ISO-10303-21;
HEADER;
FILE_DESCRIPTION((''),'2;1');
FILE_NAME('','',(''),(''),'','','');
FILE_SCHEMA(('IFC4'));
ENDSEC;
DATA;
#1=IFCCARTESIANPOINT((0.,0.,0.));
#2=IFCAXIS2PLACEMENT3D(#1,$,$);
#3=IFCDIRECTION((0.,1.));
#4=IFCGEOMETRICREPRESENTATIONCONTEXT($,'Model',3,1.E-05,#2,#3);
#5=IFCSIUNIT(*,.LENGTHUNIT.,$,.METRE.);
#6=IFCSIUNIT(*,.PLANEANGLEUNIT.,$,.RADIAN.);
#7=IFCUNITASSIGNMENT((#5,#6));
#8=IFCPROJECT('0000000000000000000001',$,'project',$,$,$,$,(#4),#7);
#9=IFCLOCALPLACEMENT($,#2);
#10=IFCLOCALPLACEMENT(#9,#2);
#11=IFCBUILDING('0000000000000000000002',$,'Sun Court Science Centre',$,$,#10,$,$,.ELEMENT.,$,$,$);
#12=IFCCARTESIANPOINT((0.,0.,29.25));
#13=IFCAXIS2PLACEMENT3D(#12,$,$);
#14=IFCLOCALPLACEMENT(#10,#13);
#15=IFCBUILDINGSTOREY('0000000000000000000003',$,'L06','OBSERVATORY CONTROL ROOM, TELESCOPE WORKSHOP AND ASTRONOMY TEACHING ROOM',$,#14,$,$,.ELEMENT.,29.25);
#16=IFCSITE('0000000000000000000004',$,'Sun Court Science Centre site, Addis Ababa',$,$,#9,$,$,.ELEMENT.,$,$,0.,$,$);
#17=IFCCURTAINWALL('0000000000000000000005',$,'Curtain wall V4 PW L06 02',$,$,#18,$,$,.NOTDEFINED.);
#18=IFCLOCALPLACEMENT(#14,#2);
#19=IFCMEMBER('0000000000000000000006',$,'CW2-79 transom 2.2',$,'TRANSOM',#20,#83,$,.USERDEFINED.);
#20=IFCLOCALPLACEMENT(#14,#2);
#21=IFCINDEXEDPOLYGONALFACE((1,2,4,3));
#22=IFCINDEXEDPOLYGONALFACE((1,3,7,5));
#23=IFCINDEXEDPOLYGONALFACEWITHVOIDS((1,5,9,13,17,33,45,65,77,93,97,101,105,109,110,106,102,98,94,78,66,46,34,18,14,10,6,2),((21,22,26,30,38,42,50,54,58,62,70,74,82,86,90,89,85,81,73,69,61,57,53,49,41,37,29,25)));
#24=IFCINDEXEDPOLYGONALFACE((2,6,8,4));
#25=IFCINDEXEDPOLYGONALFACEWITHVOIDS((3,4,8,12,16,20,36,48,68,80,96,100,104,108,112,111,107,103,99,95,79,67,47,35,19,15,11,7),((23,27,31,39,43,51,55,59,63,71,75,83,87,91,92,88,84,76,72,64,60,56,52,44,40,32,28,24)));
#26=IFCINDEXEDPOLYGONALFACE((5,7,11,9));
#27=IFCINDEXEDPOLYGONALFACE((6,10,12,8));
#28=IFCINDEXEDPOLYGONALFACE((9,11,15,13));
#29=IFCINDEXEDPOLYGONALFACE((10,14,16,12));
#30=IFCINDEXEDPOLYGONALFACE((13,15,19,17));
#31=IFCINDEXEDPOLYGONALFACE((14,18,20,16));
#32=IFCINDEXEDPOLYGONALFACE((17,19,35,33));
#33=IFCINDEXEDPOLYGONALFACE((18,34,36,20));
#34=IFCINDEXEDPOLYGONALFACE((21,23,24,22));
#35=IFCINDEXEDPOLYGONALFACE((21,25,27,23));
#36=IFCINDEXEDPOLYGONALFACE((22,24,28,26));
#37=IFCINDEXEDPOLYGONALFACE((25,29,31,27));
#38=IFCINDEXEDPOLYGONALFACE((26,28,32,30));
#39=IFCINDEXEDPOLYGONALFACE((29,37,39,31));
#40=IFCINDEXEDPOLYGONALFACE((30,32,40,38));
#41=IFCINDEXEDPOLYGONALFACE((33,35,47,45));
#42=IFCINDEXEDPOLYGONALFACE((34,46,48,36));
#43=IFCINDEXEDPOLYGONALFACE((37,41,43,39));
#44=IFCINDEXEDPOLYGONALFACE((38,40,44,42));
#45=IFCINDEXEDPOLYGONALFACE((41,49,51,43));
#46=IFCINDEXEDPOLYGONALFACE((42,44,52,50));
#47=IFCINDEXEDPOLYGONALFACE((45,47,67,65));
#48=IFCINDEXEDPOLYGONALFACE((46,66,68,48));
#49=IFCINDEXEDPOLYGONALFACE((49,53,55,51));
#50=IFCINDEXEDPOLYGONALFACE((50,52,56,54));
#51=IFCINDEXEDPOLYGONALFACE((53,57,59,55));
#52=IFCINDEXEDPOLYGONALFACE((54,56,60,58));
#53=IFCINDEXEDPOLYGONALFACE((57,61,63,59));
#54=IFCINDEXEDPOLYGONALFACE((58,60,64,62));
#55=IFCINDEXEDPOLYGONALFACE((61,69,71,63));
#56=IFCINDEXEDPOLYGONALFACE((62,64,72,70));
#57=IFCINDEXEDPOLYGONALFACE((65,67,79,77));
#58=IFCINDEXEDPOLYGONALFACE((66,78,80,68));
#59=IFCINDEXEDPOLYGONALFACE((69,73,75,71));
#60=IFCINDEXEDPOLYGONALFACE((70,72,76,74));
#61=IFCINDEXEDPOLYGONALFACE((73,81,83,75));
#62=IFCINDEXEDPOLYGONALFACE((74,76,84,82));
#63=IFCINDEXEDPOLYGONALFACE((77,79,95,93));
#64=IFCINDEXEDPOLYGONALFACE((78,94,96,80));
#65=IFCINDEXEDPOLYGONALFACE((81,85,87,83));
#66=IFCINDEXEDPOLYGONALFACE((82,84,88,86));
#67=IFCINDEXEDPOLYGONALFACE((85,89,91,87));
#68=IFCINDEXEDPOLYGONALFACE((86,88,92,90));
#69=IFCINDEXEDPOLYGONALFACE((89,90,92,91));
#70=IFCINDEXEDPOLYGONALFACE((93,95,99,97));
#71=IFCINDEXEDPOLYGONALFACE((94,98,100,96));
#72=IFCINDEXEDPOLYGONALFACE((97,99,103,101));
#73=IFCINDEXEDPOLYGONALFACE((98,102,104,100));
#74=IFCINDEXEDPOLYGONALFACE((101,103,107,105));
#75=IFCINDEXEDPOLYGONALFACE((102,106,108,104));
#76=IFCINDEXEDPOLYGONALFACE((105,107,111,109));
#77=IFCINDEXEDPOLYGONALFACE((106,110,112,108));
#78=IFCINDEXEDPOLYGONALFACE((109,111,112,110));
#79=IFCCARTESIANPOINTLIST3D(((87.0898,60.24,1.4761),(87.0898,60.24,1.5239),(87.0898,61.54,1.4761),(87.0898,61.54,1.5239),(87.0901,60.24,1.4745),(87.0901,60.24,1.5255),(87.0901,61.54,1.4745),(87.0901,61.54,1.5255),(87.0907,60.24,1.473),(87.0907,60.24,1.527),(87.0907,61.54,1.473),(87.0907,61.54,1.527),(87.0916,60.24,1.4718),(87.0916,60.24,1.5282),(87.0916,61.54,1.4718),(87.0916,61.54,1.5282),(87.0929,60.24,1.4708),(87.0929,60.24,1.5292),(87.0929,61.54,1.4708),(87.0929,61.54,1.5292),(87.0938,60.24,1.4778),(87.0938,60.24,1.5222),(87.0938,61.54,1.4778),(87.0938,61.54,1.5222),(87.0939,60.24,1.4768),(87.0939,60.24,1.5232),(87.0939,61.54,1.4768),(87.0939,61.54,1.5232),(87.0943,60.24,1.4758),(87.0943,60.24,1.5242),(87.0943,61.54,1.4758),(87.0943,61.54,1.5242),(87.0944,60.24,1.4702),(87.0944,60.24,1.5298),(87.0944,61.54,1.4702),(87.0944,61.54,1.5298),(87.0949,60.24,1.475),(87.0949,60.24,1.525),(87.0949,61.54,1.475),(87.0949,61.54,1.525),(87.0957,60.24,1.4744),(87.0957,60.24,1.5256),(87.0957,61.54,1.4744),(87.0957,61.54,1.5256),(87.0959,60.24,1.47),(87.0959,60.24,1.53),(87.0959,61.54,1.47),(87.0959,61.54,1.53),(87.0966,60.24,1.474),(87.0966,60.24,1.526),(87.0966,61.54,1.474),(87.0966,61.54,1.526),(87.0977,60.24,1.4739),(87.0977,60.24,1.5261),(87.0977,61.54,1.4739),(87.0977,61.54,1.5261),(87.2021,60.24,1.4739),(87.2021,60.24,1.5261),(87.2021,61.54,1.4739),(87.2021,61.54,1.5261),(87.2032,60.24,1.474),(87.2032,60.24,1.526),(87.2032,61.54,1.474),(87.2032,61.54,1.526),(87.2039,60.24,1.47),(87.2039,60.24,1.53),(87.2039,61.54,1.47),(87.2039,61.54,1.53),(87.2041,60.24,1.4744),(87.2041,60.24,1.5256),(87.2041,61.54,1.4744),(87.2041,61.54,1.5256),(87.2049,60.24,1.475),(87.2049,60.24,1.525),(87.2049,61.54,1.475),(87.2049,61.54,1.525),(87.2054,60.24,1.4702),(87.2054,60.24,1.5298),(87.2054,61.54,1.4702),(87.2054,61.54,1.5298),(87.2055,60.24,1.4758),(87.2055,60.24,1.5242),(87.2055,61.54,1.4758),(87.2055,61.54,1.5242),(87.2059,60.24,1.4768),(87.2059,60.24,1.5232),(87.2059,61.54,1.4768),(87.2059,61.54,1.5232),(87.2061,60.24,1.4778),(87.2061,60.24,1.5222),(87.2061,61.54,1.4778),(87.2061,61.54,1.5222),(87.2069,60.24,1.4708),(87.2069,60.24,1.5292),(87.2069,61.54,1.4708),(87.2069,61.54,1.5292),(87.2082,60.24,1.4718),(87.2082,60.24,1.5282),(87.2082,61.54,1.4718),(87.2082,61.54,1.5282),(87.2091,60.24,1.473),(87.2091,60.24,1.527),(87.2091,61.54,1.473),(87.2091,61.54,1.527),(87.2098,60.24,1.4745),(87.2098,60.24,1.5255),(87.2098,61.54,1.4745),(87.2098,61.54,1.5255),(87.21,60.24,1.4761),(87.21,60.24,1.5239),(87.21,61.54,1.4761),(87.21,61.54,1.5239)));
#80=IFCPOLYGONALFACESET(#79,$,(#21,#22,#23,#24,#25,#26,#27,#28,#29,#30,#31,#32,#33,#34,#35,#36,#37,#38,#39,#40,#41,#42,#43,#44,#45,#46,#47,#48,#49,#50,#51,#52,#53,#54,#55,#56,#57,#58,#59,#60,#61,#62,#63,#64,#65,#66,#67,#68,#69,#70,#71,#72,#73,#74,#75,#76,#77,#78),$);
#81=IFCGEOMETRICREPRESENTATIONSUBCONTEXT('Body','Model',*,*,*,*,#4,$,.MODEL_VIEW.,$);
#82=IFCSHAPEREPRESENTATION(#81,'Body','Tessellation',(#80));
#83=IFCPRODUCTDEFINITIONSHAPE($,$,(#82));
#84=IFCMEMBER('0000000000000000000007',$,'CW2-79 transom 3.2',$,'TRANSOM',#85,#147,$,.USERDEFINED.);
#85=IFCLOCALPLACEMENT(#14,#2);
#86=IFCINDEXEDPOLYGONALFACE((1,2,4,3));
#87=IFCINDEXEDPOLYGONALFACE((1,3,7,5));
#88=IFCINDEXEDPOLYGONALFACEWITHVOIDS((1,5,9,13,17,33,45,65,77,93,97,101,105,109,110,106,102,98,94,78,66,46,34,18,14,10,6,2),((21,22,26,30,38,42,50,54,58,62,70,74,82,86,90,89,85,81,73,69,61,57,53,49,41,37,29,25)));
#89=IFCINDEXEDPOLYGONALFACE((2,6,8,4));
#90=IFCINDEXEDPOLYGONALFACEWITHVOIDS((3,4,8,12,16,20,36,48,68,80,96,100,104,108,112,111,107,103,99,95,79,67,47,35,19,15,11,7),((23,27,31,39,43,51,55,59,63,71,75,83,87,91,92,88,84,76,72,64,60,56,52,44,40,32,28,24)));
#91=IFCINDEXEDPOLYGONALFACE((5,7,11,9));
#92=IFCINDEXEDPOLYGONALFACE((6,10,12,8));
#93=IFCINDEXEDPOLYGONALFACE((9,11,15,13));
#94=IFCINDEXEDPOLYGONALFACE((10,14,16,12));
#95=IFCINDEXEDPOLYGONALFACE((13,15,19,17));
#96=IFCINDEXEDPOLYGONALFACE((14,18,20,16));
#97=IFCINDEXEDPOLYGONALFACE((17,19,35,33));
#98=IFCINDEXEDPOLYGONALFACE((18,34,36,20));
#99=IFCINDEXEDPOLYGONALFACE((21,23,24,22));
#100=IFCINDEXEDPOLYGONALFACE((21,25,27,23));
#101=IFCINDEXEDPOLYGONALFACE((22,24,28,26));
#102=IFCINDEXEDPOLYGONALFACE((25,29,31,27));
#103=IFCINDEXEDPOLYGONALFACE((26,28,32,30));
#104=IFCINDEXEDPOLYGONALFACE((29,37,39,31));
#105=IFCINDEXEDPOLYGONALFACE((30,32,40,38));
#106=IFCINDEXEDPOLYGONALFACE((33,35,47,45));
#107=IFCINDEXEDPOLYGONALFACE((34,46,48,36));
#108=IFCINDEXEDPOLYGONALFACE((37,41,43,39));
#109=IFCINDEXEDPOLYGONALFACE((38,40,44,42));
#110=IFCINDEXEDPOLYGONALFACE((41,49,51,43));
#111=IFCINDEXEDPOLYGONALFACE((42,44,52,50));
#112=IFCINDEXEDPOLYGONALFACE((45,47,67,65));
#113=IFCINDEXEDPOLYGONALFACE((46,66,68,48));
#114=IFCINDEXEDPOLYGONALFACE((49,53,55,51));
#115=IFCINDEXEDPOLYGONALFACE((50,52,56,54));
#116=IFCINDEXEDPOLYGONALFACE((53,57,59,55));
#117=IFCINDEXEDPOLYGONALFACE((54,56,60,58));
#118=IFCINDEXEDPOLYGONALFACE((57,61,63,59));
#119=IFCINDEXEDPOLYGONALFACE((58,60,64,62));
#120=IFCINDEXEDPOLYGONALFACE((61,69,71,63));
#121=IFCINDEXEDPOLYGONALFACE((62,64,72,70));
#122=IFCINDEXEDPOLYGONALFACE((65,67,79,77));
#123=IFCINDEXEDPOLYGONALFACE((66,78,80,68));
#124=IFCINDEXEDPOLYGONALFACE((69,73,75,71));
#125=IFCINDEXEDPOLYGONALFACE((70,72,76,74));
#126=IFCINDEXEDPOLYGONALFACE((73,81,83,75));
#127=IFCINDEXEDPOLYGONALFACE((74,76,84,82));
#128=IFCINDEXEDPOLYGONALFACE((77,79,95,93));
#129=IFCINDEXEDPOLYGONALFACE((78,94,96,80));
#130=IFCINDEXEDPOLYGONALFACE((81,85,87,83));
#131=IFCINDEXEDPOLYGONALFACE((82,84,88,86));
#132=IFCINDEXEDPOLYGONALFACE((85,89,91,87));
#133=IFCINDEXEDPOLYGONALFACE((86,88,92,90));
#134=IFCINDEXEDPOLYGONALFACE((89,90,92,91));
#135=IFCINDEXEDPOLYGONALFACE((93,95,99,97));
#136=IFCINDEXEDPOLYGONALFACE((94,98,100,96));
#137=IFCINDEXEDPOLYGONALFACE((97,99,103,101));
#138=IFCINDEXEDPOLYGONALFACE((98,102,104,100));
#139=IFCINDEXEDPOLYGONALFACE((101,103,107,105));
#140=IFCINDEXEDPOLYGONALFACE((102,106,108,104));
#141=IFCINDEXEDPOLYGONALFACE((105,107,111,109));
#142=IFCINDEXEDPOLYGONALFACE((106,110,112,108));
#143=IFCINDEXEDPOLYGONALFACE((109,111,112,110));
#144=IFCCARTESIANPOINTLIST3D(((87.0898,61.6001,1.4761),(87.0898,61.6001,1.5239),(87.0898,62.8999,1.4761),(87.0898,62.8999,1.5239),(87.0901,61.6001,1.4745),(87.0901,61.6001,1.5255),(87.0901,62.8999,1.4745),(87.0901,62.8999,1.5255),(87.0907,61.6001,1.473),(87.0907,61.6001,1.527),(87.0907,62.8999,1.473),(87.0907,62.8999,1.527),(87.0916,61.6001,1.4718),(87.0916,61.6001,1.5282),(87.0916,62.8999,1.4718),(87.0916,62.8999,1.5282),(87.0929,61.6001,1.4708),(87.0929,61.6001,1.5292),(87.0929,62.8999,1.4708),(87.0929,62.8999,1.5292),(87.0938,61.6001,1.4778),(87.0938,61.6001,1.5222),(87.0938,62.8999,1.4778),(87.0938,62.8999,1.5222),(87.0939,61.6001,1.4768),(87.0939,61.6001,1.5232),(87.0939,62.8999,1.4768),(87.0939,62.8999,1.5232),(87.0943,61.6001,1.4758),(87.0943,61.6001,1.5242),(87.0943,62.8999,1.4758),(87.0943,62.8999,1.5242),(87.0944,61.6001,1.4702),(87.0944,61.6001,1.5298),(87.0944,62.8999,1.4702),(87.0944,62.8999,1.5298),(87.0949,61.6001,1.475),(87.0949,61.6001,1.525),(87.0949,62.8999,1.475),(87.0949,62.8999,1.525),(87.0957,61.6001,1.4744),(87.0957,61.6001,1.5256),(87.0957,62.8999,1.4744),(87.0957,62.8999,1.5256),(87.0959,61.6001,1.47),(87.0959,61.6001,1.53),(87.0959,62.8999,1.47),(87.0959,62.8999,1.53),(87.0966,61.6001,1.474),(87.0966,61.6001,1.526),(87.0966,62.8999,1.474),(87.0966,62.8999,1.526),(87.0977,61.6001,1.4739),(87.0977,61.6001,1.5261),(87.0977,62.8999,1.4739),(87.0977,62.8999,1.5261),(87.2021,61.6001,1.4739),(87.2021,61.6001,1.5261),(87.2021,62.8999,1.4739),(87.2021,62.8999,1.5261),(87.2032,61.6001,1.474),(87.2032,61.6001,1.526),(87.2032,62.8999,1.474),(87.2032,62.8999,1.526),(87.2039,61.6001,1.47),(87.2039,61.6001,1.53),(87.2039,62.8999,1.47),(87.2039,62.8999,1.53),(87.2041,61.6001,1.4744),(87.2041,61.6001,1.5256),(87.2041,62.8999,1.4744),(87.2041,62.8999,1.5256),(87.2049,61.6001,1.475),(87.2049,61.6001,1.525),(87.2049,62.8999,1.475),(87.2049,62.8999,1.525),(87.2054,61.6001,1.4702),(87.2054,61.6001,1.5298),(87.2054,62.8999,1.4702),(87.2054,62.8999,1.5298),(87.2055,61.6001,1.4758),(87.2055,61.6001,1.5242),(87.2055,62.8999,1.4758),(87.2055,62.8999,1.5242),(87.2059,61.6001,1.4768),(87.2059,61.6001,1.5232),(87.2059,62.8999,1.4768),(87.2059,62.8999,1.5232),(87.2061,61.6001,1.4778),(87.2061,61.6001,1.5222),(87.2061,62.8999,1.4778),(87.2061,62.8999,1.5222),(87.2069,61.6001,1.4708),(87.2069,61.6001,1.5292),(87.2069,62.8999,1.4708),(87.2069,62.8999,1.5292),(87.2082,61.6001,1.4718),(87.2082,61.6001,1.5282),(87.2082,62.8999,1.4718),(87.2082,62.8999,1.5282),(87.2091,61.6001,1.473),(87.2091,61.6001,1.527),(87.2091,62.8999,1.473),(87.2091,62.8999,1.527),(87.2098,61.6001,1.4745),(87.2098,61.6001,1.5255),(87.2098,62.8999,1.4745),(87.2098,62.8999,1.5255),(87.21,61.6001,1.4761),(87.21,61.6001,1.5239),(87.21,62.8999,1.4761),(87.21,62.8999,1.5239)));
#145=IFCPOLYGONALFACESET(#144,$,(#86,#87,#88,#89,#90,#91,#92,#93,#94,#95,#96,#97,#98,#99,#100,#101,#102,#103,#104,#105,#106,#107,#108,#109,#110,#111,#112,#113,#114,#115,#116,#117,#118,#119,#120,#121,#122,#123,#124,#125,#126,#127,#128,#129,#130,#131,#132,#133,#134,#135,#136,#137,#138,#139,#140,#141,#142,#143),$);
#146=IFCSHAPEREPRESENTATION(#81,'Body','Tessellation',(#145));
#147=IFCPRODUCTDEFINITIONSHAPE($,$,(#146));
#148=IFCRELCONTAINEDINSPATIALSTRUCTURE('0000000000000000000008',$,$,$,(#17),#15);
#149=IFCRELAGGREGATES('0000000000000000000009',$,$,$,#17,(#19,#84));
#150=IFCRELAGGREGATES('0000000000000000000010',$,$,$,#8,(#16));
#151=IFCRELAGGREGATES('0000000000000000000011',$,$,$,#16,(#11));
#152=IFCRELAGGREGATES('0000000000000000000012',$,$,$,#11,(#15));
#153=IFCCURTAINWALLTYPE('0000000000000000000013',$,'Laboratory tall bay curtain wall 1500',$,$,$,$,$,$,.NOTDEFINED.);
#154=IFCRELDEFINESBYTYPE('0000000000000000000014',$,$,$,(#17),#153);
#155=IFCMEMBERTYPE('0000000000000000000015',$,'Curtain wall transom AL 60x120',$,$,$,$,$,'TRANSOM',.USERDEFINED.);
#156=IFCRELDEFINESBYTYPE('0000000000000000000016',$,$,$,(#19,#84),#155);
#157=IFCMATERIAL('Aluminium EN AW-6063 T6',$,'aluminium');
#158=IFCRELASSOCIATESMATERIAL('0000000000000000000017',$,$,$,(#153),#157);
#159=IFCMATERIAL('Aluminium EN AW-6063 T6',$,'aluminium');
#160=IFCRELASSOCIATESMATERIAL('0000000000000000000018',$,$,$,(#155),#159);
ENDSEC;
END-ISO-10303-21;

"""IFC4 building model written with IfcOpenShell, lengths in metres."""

from ifc_helpers import new_model, si_unit, direction, frame, origin, origin_2d, place, context, subcontext, project, spatial, hollow_rectangle, extrude, material, material_profile, profile_set, type_object, element, aggregate, save


model = new_model("IFC4")

# Units and contexts
model_context = context("Model", 3, precision=1e-05, world=origin(), true_north=direction((0.0, 1.0)))
body_context = subcontext(model_context, "Body", "Model", "MODEL_VIEW")
ifc_project = project(units=[si_unit("LENGTHUNIT", "METRE"), si_unit("PLANEANGLEUNIT", "RADIAN")], contexts=[model_context])

# Site, building, storey
site_placement = place(None, origin())
site = spatial("IfcSite", under=ifc_project, at=site_placement, Name="Sun Court Science Centre site, Addis Ababa", CompositionType="ELEMENT", RefElevation=0.0)
building_placement = place(site_placement, origin())
building = spatial("IfcBuilding", under=site, at=building_placement, Name="Sun Court Science Centre", CompositionType="ELEMENT")
storey_placement = place(building_placement, frame((0.0, 0.0, 29.25)))
storey = spatial("IfcBuildingStorey", under=building, at=storey_placement, Name="L06", Description="OBSERVATORY CONTROL ROOM, TELESCOPE WORKSHOP AND ASTRONOMY TEACHING ROOM", CompositionType="ELEMENT", Elevation=29.25)

# Curtain wall, members
ifc_material_1 = material(Name="Aluminium EN AW-6063 T6", Category="aluminium")
curtain_wall_type = type_object("IfcCurtainWallType", Name="Laboratory tall bay curtain wall 1500", PredefinedType="NOTDEFINED", material=ifc_material_1)
curtain_wall_placement = place(storey_placement, origin())
curtain_wall = element("IfcCurtainWall", 1, at=curtain_wall_placement, inside=storey, type_object=curtain_wall_type, Name="Curtain wall V4 PW L06 02", PredefinedType="NOTDEFINED")
ifc_material_2 = material(Name="Aluminium EN AW-6063 T6", Category="aluminium")
ifc_material_profile_1 = material_profile(ifc_material_2, hollow_rectangle(XDim=0.0601, YDim=0.1201, WallThickness=0.0039, InnerFilletRadius=0.0039, OuterFilletRadius=0.0061, at=origin_2d()), Name="AL 60x120x4")
ifc_profile_set_1 = profile_set([ifc_material_profile_1], Name="Aluminium EN AW-6063 T6")
member_type_1 = type_object("IfcMemberType", Name="Curtain wall transom AL 60x120", ElementType="TRANSOM", PredefinedType="USERDEFINED", material=ifc_profile_set_1)
member_1_placement = place(storey_placement, frame((87.1499, 60.24, 1.5), z_axis=(0.0, 1.0, 0.0), x_axis=(0.0, 0.0, 1.0)))
member_1 = element("IfcMember", 2, at=member_1_placement, type_object=member_type_1, Name="CW2-79 transom 2.2", ObjectType="TRANSOM", PredefinedType="USERDEFINED", context=body_context, shape_type="SweptSolid", body=[
    extrude(hollow_rectangle(XDim=0.0601, YDim=0.1201, WallThickness=0.0039, InnerFilletRadius=0.0039, OuterFilletRadius=0.0061, at=origin_2d()), origin(), (0.0, 0.0, 1.0), 1.3),
])
member_2_placement = place(storey_placement, frame((87.1499, 61.6001, 1.5), z_axis=(0.0, 1.0, 0.0), x_axis=(0.0, 0.0, 1.0)))
member_2 = element("IfcMember", 3, at=member_2_placement, type_object=member_type_1, Name="CW2-79 transom 3.2", ObjectType="TRANSOM", PredefinedType="USERDEFINED", context=body_context, shape_type="SweptSolid", body=[
    extrude(hollow_rectangle(XDim=0.0601, YDim=0.1201, WallThickness=0.0039, InnerFilletRadius=0.0039, OuterFilletRadius=0.0061, at=origin_2d()), origin(), (0.0, 0.0, 1.0), 1.2998),
])
aggregate(curtain_wall, [member_1, member_2])

save(model, "model.ifc")
